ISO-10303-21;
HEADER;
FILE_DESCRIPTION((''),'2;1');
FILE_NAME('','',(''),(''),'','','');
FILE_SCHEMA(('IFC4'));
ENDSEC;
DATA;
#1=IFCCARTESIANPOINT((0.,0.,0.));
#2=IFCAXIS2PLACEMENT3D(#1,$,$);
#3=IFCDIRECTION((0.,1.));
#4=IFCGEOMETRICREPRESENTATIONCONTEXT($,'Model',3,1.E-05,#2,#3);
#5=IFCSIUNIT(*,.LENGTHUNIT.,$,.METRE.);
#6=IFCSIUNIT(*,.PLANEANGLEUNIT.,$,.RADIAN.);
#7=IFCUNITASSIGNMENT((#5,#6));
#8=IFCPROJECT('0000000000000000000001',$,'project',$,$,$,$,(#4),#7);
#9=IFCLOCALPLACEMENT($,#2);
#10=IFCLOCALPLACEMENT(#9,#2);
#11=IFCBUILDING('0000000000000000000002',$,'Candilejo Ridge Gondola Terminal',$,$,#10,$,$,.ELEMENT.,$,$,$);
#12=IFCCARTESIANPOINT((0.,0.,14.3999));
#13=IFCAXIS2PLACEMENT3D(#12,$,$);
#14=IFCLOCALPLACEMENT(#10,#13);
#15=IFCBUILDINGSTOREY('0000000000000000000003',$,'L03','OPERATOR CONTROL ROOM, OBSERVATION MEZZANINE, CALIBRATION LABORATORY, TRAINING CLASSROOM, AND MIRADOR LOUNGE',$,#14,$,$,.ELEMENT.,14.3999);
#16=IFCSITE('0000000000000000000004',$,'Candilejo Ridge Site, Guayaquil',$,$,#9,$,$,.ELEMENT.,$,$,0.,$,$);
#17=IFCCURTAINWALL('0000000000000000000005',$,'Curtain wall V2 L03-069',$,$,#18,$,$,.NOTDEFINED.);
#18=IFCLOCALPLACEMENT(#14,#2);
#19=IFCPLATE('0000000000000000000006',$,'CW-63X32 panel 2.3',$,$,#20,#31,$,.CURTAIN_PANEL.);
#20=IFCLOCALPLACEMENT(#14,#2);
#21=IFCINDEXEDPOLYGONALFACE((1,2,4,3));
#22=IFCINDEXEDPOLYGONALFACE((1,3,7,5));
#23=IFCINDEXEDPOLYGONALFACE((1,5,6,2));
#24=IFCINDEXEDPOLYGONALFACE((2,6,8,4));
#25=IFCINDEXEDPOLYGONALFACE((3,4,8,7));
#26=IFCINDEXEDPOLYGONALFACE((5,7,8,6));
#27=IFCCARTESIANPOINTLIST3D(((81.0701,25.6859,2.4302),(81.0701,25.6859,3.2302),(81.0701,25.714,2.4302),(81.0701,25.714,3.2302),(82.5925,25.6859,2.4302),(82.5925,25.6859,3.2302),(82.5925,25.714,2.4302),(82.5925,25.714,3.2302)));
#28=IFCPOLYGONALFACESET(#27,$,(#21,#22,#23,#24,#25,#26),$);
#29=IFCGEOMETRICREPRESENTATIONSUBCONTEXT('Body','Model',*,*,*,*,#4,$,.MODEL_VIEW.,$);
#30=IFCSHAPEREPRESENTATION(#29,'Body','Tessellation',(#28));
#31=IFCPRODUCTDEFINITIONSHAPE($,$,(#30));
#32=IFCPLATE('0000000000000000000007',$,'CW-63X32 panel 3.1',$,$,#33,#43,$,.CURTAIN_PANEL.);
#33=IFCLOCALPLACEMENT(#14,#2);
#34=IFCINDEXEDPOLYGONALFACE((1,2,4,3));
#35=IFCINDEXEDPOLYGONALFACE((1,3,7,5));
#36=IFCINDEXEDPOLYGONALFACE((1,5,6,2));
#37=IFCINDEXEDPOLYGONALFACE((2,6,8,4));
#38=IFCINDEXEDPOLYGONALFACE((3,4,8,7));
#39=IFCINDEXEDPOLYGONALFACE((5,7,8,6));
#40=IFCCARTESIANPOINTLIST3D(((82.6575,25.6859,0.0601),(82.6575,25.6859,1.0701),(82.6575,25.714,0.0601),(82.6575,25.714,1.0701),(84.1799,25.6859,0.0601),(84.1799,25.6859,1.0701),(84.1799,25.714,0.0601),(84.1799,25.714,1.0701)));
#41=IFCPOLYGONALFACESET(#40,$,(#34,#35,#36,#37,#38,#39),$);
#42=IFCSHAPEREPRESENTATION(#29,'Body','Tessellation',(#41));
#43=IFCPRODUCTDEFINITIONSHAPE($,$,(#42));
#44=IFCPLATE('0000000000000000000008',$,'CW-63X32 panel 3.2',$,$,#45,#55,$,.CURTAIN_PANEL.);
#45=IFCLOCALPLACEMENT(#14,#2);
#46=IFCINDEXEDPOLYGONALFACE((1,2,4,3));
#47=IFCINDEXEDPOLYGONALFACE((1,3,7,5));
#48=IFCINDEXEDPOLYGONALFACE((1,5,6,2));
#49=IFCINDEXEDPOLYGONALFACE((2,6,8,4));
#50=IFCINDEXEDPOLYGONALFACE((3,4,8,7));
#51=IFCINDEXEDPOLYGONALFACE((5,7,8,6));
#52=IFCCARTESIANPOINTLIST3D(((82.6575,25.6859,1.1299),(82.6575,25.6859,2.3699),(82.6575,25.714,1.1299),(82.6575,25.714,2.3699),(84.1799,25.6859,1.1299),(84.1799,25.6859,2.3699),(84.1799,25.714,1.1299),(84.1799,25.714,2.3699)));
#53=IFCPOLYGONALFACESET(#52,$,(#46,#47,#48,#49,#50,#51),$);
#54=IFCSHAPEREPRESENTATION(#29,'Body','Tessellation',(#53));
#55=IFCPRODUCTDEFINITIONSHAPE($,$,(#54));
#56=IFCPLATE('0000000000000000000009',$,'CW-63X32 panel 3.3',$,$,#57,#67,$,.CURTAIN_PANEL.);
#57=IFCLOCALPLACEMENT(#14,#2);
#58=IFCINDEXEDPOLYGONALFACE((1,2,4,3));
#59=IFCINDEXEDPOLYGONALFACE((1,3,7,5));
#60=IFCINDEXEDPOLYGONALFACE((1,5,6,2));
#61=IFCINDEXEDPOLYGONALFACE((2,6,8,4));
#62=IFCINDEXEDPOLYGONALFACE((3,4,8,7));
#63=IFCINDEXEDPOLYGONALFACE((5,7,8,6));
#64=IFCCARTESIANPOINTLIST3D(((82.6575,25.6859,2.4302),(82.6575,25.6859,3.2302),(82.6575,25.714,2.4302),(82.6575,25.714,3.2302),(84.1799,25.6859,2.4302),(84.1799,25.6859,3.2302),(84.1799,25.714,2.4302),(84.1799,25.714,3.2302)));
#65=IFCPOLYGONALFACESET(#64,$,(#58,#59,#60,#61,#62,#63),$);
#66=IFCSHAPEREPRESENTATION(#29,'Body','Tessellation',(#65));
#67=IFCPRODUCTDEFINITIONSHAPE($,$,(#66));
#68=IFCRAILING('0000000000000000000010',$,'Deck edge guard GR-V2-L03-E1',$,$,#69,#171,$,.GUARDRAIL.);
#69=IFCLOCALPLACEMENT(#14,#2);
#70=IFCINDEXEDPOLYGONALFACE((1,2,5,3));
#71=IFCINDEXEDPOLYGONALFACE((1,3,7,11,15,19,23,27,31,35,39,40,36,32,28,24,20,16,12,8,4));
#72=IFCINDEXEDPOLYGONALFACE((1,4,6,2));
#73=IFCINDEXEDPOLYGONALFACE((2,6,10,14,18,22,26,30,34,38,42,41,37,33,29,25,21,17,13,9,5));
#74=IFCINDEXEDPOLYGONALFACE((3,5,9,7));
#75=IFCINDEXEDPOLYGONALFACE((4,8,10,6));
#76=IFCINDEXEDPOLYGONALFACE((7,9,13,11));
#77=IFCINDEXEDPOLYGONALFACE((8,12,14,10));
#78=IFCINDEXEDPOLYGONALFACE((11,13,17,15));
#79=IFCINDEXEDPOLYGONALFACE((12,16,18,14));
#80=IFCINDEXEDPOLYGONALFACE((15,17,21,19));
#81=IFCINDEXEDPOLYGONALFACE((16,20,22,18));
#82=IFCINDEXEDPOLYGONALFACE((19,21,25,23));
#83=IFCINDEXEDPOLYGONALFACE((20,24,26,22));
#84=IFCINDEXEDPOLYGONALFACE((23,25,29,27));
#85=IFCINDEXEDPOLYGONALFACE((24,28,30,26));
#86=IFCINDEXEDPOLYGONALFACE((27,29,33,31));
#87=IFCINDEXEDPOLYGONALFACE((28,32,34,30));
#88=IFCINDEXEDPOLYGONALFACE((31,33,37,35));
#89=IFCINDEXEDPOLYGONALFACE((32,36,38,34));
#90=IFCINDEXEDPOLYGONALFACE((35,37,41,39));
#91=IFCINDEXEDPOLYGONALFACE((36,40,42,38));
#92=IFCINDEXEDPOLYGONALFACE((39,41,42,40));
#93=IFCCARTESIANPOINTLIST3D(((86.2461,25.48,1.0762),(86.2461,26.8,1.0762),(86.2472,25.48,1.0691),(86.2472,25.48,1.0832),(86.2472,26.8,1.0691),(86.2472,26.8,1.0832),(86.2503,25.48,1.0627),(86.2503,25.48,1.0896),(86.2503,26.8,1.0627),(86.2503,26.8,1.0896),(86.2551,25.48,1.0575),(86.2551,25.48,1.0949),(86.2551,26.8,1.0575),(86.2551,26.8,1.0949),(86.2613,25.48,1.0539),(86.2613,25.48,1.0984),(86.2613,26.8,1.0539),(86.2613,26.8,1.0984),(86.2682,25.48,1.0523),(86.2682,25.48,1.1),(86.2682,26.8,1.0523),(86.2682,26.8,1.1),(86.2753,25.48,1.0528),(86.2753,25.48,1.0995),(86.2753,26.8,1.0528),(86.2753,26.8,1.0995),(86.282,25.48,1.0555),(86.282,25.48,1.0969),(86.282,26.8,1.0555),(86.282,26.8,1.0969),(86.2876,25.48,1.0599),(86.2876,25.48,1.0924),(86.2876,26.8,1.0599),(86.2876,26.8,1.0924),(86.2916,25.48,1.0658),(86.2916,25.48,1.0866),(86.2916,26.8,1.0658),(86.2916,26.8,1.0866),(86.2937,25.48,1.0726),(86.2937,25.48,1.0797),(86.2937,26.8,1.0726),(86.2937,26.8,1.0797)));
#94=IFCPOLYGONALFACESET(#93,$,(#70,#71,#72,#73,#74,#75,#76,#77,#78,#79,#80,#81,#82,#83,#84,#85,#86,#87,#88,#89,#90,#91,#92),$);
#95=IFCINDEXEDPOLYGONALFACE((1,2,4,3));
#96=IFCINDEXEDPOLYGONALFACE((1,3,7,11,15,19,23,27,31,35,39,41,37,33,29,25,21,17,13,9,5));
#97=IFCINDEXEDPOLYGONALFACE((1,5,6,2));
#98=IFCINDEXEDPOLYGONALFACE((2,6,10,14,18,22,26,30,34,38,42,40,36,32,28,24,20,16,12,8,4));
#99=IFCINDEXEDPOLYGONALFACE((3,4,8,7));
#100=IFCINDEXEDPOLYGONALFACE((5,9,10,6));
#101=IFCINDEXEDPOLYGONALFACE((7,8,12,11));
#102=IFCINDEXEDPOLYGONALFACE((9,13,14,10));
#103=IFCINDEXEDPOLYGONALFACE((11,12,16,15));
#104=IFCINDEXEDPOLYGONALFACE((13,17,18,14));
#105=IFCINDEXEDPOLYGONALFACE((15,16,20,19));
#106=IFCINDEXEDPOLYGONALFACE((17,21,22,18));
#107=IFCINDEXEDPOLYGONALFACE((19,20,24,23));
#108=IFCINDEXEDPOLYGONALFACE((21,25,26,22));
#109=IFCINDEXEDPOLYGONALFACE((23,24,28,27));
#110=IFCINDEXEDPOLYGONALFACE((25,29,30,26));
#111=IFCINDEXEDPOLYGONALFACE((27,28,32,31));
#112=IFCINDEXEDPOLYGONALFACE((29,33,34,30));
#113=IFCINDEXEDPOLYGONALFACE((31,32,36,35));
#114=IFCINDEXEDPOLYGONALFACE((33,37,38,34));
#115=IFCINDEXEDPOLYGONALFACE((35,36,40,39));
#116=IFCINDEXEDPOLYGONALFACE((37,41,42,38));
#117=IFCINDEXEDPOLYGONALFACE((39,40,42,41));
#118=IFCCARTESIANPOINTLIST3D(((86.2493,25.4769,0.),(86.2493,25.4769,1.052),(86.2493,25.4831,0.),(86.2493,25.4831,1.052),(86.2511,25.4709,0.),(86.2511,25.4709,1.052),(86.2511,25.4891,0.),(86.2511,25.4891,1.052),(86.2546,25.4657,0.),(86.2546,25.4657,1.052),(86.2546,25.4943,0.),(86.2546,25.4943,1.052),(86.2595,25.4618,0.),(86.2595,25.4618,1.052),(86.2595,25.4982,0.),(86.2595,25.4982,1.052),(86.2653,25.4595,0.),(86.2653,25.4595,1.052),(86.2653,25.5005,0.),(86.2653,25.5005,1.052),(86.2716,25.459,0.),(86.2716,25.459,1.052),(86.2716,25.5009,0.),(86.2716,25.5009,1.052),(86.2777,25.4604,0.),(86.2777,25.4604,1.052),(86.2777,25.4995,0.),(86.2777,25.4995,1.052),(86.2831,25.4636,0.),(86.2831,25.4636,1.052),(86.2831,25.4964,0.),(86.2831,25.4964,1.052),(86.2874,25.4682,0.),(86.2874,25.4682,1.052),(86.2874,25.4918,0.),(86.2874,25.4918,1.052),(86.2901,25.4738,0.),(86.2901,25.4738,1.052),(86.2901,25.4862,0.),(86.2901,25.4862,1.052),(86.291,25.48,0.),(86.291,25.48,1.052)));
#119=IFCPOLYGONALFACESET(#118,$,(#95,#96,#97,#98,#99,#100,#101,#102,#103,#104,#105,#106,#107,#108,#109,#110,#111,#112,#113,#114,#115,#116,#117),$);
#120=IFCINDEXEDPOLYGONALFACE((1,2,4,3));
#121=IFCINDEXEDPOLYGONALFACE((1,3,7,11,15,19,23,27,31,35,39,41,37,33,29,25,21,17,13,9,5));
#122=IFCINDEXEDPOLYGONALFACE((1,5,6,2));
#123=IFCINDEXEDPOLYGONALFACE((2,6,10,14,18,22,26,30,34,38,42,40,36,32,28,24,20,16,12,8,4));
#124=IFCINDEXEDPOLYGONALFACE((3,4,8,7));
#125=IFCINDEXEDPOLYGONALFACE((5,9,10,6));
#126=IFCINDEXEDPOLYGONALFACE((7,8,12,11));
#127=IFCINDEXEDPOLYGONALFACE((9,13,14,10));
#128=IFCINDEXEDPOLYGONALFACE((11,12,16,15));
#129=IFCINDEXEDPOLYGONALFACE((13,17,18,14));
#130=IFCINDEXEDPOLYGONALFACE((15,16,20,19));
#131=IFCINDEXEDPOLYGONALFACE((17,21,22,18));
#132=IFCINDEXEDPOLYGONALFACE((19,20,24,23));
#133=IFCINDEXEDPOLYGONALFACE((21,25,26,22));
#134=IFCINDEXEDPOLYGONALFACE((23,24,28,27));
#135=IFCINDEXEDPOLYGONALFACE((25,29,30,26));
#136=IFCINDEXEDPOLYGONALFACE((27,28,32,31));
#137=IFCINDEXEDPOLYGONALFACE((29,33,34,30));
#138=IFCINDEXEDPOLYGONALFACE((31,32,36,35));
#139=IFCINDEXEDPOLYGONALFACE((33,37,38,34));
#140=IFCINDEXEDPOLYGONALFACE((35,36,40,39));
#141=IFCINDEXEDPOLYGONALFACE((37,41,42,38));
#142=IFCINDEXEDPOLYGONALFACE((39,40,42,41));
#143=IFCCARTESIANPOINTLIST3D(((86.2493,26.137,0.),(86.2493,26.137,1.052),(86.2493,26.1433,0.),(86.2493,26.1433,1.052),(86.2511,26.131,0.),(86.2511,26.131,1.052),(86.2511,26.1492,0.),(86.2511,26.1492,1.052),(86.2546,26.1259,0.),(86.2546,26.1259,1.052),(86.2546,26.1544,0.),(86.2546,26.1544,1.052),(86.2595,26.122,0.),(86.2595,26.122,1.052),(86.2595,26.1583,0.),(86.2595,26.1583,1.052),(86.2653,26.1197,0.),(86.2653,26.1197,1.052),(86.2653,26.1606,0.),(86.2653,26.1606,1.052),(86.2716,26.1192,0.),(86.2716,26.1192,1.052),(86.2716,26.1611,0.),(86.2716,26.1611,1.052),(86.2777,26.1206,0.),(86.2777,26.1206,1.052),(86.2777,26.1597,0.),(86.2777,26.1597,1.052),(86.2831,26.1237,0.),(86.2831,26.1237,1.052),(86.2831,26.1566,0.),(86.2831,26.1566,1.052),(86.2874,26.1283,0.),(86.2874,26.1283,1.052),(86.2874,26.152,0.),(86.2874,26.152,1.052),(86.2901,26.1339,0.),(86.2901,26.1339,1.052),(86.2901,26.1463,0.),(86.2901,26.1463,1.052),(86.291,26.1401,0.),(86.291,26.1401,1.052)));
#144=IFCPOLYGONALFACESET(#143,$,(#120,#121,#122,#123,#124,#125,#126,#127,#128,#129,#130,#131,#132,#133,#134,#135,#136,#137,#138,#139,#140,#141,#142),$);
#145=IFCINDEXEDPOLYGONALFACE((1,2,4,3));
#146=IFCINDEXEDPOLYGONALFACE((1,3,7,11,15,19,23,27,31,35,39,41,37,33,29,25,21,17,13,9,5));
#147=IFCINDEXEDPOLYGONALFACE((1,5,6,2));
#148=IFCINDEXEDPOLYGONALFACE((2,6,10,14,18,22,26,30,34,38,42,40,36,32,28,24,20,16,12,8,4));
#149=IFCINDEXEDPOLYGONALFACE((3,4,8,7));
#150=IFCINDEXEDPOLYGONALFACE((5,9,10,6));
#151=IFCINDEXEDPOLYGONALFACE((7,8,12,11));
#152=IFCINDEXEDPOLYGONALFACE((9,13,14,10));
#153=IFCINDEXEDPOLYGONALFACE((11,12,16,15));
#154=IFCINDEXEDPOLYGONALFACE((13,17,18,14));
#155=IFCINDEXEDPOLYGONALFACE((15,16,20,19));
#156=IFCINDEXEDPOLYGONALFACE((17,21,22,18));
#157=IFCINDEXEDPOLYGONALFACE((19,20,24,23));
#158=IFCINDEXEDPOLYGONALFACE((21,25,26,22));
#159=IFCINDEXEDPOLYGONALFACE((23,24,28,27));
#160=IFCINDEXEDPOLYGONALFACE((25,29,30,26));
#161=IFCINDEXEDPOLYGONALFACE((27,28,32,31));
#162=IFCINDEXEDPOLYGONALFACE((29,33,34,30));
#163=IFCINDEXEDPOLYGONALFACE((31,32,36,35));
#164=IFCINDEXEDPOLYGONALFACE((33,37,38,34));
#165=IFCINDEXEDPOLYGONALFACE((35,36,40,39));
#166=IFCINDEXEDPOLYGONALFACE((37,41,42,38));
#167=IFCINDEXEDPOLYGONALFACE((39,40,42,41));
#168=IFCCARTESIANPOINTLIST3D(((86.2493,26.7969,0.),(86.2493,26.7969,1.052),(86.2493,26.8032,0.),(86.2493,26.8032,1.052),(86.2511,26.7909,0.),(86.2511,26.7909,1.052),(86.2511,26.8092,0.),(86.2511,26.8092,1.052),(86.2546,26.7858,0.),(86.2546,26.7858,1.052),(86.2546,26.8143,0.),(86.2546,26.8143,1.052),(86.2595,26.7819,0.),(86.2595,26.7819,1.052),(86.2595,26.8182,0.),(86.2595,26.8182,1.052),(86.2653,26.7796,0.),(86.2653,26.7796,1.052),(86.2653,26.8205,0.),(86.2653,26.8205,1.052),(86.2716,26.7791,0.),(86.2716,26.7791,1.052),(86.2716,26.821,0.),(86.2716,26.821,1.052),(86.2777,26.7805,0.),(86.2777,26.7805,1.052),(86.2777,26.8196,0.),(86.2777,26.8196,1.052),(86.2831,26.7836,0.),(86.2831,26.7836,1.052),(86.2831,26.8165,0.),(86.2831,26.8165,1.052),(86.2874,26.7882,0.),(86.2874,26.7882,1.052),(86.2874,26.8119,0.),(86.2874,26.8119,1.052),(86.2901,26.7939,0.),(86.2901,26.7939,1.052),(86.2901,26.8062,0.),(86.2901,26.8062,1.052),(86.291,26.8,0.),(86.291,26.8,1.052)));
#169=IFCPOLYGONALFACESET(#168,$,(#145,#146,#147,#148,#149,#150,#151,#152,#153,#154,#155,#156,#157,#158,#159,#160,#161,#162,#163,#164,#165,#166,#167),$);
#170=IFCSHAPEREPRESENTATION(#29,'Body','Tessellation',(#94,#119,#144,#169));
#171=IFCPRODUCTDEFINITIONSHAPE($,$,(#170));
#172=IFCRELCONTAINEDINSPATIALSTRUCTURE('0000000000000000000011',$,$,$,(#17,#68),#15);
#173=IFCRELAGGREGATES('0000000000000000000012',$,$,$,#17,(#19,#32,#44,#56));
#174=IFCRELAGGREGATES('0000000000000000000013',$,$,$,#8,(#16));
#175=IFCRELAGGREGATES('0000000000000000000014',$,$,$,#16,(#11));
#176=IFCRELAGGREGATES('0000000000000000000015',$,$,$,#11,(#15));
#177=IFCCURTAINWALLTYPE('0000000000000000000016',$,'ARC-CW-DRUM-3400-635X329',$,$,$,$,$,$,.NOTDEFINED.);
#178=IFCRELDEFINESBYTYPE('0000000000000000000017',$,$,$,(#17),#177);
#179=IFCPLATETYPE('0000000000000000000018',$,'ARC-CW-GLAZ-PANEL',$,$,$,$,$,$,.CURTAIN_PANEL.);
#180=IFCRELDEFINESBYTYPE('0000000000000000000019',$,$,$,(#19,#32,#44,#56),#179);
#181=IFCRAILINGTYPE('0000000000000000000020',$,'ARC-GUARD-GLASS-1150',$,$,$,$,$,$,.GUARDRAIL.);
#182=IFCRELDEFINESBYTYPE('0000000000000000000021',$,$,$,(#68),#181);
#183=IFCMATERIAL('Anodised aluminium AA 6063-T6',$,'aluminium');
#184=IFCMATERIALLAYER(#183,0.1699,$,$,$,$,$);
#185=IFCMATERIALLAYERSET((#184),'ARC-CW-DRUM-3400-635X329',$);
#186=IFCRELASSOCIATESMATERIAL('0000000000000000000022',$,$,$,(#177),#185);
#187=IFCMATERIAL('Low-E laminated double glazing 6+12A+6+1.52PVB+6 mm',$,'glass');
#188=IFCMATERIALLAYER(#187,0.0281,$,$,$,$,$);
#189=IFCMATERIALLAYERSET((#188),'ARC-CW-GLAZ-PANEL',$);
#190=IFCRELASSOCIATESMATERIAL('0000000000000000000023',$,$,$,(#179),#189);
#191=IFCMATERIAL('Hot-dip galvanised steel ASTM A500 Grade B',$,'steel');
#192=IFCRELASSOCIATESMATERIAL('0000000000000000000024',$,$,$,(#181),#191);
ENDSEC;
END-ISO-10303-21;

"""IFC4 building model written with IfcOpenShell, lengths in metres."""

from ifc_helpers import new_model, si_unit, direction, frame, origin, origin_2d, place, context, subcontext, project, spatial, rectangle, circle, extrude, material, layer, layer_set, type_object, element, aggregate, save


model = new_model("IFC4")

# Units and contexts
model_context = context("Model", 3, precision=1e-05, world=origin(), true_north=direction((0.0, 1.0)))
body_context = subcontext(model_context, "Body", "Model", "MODEL_VIEW")
ifc_project = project(units=[si_unit("LENGTHUNIT", "METRE"), si_unit("PLANEANGLEUNIT", "RADIAN")], contexts=[model_context])

# Site, building, storey
site_placement = place(None, origin())
site = spatial("IfcSite", under=ifc_project, at=site_placement, Name="Candilejo Ridge Site, Guayaquil", CompositionType="ELEMENT", RefElevation=0.0)
building_placement = place(site_placement, origin())
building = spatial("IfcBuilding", under=site, at=building_placement, Name="Candilejo Ridge Gondola Terminal", CompositionType="ELEMENT")
storey_placement = place(building_placement, frame((0.0, 0.0, 14.3999)))
storey = spatial("IfcBuildingStorey", under=building, at=storey_placement, Name="L03", Description="OPERATOR CONTROL ROOM, OBSERVATION MEZZANINE, CALIBRATION LABORATORY, TRAINING CLASSROOM, AND MIRADOR LOUNGE", CompositionType="ELEMENT", Elevation=14.3999)

# Curtain wall
ifc_material_1 = material(Name="Anodised aluminium AA 6063-T6", Category="aluminium")
ifc_layer_1 = layer(ifc_material_1, 0.1699)
ifc_layer_set_1 = layer_set([ifc_layer_1], Name="ARC-CW-DRUM-3400-635X329")
curtain_wall_type = type_object("IfcCurtainWallType", Name="ARC-CW-DRUM-3400-635X329", PredefinedType="NOTDEFINED", material=ifc_layer_set_1)
curtain_wall_placement = place(storey_placement, origin())
curtain_wall = element("IfcCurtainWall", 1, at=curtain_wall_placement, inside=storey, type_object=curtain_wall_type, Name="Curtain wall V2 L03-069", PredefinedType="NOTDEFINED")

# Plates
ifc_material_2 = material(Name="Low-E laminated double glazing 6+12A+6+1.52PVB+6 mm", Category="glass")
ifc_layer_2 = layer(ifc_material_2, 0.0281)
ifc_layer_set_2 = layer_set([ifc_layer_2], Name="ARC-CW-GLAZ-PANEL")
plate_type = type_object("IfcPlateType", Name="ARC-CW-GLAZ-PANEL", PredefinedType="CURTAIN_PANEL", material=ifc_layer_set_2)
plate_1_placement = place(storey_placement, frame((81.8313, 25.7, 2.4302), z_axis=(0.0, 0.0, 1.0), x_axis=(1.0, 0.0, 0.0)))
plate_1 = element("IfcPlate", 2, at=plate_1_placement, type_object=plate_type, Name="CW-63X32 panel 2.3", PredefinedType="CURTAIN_PANEL", context=body_context, shape_type="SweptSolid", body=[
    extrude(rectangle(XDim=1.5225, YDim=0.0281, at=origin_2d()), origin(), (0.0, 0.0, 1.0), 0.8),
])
plate_2_placement = place(storey_placement, frame((83.4187, 25.7, 0.0601), z_axis=(0.0, 0.0, 1.0), x_axis=(1.0, 0.0, 0.0)))
plate_2 = element("IfcPlate", 3, at=plate_2_placement, type_object=plate_type, Name="CW-63X32 panel 3.1", PredefinedType="CURTAIN_PANEL", context=body_context, shape_type="SweptSolid", body=[
    extrude(rectangle(XDim=1.5225, YDim=0.0281, at=origin_2d()), origin(), (0.0, 0.0, 1.0), 1.01),
])
plate_3_placement = place(storey_placement, frame((83.4187, 25.7, 1.1299), z_axis=(0.0, 0.0, 1.0), x_axis=(1.0, 0.0, 0.0)))
plate_3 = element("IfcPlate", 4, at=plate_3_placement, type_object=plate_type, Name="CW-63X32 panel 3.2", PredefinedType="CURTAIN_PANEL", context=body_context, shape_type="SweptSolid", body=[
    extrude(rectangle(XDim=1.5225, YDim=0.0281, at=origin_2d()), origin(), (0.0, 0.0, 1.0), 1.24),
])
plate_4_placement = place(storey_placement, frame((83.4187, 25.7, 2.4302), z_axis=(0.0, 0.0, 1.0), x_axis=(1.0, 0.0, 0.0)))
plate_4 = element("IfcPlate", 5, at=plate_4_placement, type_object=plate_type, Name="CW-63X32 panel 3.3", PredefinedType="CURTAIN_PANEL", context=body_context, shape_type="SweptSolid", body=[
    extrude(rectangle(XDim=1.5225, YDim=0.0281, at=origin_2d()), origin(), (0.0, 0.0, 1.0), 0.8),
])
aggregate(curtain_wall, [plate_1, plate_2, plate_3, plate_4])

# Railing
ifc_material_3 = material(Name="Hot-dip galvanised steel ASTM A500 Grade B", Category="steel")
railing_type_1 = type_object("IfcRailingType", Name="ARC-GUARD-GLASS-1150", PredefinedType="GUARDRAIL", material=ifc_material_3)
for number, where, name in (
    (6, (86.27, 25.48, 0.0), "Deck edge guard GR-V2-L03-E1"),
):
    element("IfcRailing", number, at=place(storey_placement, frame(where)), inside=storey, type_object=railing_type_1, Name=name, PredefinedType="GUARDRAIL", context=body_context, shape_type="SweptSolid", body=[
        extrude(circle(Radius=0.0239, at=origin_2d()), frame((0.0, 0.0, 1.0762), z_axis=(0.0, 1.0, 0.0), x_axis=(-1.0, 0.0, 0.0)), (0.0, 0.0, 1.0), 1.3201),
        extrude(circle(Radius=0.021, at=origin_2d()), origin(), (0.0, 0.0, 1.0), 1.052),
        extrude(circle(Radius=0.021, at=origin_2d()), frame((0.0, 0.6602, 0.0)), (0.0, 0.0, 1.0), 1.052),
        extrude(circle(Radius=0.021, at=origin_2d()), frame((0.0, 1.3201, 0.0)), (0.0, 0.0, 1.0), 1.052),
    ])

save(model, "model.ifc")
